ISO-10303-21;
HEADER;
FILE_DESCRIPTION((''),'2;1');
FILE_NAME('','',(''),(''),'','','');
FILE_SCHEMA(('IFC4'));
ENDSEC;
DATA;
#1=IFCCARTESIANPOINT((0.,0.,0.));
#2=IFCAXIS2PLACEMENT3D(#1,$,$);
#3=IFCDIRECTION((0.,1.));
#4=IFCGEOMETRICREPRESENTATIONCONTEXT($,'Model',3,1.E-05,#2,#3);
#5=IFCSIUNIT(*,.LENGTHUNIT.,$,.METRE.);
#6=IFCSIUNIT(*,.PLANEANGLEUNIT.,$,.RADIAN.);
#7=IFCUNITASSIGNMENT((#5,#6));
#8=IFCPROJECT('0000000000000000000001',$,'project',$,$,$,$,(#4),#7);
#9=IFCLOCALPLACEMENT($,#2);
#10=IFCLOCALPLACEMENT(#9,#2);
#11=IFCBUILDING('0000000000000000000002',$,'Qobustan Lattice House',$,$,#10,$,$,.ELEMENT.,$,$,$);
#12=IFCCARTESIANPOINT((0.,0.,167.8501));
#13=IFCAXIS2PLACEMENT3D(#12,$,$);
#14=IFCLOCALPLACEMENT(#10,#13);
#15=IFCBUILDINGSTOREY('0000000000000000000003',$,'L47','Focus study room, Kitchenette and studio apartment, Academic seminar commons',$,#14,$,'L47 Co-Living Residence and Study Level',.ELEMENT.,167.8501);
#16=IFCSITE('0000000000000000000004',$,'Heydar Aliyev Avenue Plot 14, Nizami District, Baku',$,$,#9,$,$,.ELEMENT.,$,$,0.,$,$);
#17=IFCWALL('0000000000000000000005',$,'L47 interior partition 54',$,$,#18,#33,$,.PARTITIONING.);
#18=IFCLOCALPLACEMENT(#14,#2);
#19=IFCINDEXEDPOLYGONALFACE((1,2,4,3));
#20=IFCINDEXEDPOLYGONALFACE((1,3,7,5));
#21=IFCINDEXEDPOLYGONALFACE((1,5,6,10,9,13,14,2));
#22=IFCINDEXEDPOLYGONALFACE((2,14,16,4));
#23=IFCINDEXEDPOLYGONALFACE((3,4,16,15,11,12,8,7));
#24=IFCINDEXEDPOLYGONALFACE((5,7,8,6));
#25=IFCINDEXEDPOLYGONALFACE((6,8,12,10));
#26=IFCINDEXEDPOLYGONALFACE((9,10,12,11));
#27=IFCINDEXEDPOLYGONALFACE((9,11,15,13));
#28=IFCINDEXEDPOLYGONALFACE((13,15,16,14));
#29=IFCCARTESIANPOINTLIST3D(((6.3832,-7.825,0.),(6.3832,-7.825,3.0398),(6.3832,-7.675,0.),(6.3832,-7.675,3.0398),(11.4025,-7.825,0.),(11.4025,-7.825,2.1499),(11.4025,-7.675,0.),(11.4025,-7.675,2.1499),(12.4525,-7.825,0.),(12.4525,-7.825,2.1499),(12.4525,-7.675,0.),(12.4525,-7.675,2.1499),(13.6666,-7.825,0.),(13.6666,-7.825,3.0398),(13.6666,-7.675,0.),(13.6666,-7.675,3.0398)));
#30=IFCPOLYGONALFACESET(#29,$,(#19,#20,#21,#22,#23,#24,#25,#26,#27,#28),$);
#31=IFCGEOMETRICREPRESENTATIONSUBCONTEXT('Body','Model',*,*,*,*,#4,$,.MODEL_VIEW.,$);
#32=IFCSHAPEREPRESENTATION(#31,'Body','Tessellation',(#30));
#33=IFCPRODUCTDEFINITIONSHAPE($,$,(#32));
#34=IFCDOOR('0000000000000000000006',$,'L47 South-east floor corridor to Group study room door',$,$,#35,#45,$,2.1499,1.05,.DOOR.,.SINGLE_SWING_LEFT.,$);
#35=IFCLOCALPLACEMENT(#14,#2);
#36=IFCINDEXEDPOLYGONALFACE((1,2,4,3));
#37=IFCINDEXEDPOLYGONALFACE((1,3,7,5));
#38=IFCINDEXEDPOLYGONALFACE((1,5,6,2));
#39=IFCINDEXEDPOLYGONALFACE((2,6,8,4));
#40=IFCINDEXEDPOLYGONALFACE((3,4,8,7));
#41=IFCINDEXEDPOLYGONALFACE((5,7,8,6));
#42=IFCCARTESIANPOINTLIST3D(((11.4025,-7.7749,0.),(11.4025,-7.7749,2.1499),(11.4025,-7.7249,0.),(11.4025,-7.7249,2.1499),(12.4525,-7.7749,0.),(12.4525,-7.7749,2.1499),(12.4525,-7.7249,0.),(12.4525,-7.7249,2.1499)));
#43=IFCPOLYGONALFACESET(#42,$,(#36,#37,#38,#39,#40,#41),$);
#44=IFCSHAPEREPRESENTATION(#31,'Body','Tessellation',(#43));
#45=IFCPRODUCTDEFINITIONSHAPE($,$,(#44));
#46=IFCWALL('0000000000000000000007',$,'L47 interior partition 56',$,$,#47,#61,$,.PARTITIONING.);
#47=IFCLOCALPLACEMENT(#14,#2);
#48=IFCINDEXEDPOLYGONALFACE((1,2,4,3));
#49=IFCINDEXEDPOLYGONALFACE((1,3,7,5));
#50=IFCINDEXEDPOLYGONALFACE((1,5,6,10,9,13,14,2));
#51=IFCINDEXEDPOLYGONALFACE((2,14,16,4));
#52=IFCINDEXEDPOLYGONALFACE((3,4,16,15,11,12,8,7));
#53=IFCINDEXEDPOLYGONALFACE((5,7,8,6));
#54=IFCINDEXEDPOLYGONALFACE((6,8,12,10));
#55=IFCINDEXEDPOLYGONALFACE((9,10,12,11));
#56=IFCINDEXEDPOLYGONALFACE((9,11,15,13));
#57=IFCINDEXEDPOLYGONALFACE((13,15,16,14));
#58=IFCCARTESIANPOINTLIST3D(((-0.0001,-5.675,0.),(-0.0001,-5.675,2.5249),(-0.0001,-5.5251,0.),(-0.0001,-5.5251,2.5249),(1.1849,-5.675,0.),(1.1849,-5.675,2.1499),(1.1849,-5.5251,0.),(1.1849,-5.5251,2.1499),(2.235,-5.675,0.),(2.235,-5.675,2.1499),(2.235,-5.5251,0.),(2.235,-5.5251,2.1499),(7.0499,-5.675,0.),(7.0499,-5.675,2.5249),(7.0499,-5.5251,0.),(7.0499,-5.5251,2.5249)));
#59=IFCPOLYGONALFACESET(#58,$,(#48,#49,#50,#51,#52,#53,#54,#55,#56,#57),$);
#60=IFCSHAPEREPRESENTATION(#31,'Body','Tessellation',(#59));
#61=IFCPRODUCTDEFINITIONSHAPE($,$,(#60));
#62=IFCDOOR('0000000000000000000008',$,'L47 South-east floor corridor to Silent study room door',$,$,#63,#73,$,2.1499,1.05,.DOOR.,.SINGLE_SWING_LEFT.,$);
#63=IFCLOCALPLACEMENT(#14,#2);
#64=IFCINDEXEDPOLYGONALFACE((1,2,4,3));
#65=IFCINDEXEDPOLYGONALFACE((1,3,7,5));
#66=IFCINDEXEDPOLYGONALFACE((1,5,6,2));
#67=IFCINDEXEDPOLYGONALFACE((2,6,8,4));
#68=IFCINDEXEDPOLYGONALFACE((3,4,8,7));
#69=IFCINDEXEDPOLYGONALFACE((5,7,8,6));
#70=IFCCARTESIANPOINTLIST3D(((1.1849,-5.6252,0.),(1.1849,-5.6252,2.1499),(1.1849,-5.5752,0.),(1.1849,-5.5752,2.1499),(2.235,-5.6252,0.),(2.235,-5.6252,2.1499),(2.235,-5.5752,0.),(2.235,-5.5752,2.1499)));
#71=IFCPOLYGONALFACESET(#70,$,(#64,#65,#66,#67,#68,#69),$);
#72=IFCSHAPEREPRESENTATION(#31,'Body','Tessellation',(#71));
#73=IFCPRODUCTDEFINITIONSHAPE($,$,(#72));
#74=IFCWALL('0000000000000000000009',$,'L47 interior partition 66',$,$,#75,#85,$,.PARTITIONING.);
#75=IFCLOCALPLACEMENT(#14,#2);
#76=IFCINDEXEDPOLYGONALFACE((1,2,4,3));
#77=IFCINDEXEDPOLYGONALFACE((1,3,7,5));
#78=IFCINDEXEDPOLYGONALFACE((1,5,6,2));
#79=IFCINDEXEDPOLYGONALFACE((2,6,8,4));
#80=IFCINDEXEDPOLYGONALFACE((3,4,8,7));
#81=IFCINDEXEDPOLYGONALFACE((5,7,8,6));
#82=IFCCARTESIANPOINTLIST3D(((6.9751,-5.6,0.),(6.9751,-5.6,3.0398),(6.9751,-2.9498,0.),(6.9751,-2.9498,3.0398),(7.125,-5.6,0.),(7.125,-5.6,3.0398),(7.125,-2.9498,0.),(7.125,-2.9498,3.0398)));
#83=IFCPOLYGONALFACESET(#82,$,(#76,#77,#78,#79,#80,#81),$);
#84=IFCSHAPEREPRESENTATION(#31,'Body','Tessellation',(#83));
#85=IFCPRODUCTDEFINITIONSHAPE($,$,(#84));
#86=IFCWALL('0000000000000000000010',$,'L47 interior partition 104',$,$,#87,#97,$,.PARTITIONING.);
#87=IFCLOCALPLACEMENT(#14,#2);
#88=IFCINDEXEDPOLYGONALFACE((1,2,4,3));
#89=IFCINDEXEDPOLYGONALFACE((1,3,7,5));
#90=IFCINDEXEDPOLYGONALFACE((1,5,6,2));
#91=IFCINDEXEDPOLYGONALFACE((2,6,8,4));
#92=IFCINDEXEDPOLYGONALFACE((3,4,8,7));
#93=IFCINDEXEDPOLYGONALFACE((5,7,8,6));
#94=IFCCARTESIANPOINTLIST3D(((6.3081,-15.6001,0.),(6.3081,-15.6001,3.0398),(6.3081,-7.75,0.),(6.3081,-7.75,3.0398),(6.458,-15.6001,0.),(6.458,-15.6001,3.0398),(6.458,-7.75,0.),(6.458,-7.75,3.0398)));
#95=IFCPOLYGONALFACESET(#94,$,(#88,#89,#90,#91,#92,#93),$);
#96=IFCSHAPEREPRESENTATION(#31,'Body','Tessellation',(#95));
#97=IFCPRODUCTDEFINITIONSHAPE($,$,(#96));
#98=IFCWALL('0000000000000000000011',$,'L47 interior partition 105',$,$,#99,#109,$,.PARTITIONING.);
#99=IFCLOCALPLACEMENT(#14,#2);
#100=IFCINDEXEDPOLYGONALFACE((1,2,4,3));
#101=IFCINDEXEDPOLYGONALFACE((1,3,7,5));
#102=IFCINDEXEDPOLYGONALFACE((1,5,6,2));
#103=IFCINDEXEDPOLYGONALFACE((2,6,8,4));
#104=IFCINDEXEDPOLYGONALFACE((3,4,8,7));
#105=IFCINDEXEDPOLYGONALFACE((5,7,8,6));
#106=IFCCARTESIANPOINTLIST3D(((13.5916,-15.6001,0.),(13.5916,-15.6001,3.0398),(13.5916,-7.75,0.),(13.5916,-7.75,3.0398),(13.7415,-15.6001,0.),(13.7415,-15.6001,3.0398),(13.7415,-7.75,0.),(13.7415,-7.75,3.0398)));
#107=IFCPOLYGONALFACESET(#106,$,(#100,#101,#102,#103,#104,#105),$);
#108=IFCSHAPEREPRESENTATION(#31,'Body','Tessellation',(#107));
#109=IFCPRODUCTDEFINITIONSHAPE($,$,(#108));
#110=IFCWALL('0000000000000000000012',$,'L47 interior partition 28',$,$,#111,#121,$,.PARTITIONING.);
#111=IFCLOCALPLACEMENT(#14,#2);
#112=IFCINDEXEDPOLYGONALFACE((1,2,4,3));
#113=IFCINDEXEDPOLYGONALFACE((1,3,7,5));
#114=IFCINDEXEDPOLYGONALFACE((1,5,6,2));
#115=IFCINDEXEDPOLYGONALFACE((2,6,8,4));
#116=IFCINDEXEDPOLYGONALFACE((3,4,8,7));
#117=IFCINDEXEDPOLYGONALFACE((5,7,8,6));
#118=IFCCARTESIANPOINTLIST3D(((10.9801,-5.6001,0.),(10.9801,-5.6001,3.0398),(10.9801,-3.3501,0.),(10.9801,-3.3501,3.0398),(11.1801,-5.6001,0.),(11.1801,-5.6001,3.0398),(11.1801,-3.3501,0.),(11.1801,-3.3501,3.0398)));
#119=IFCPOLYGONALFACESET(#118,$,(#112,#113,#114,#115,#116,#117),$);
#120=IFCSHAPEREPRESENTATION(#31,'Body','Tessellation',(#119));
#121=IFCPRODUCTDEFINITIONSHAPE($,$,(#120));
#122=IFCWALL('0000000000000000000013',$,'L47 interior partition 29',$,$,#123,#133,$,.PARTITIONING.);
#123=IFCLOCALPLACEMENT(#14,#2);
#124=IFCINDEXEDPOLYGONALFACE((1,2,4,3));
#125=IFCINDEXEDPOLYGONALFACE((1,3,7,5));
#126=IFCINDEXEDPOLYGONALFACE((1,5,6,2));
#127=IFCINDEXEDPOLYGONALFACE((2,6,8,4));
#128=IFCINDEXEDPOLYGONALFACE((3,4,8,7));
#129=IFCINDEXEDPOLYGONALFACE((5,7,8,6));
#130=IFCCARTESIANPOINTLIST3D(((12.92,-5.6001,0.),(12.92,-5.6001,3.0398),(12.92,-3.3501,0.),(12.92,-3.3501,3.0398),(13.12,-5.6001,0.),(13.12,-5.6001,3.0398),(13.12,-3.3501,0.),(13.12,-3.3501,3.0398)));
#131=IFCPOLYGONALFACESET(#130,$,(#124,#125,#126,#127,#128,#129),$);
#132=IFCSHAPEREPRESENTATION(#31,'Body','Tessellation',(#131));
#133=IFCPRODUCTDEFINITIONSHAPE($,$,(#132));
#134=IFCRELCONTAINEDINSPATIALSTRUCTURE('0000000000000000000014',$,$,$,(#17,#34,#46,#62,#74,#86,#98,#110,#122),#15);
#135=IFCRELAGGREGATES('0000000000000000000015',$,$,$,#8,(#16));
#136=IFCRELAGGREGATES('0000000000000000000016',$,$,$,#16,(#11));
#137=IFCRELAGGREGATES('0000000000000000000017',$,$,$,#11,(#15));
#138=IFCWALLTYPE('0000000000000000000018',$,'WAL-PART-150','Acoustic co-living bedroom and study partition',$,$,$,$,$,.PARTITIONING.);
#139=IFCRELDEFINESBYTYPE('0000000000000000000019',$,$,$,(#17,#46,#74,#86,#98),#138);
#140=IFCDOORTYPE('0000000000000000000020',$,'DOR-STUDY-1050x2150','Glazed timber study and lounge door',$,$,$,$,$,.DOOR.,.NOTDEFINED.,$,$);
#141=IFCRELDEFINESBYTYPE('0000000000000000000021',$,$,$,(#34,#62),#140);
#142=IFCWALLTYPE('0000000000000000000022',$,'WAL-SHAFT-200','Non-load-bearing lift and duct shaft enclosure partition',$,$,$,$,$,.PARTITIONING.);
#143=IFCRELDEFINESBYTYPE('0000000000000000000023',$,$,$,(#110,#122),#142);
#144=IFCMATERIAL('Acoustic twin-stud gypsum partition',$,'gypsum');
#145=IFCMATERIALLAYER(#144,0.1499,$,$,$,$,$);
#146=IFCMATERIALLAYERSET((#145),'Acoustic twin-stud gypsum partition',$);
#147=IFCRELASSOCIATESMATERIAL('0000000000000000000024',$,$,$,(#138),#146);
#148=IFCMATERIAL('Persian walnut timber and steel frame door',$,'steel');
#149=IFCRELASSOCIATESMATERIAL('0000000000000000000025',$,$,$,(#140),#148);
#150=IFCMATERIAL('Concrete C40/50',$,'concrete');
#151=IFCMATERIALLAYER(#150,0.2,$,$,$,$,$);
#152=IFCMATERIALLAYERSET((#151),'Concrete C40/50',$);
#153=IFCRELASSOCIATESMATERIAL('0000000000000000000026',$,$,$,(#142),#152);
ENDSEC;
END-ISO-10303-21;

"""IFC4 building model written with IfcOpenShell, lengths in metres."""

from ifc_helpers import new_model, si_unit, direction, frame, frame_2d, origin, place, context, subcontext, project, spatial, rectangle, extrude, material, layer, layer_set, type_object, element, fill, save


model = new_model("IFC4")

# Units and contexts
model_context = context("Model", 3, precision=1e-05, world=origin(), true_north=direction((0.0, 1.0)))
body_context = subcontext(model_context, "Body", "Model", "MODEL_VIEW")
ifc_project = project(units=[si_unit("LENGTHUNIT", "METRE"), si_unit("PLANEANGLEUNIT", "RADIAN")], contexts=[model_context])

# Site, building, storey
site_placement = place(None, origin())
site = spatial("IfcSite", under=ifc_project, at=site_placement, Name="Heydar Aliyev Avenue Plot 14, Nizami District, Baku", CompositionType="ELEMENT", RefElevation=0.0)
building_placement = place(site_placement, origin())
building = spatial("IfcBuilding", under=site, at=building_placement, Name="Qobustan Lattice House", CompositionType="ELEMENT")
storey_placement = place(building_placement, frame((0.0, 0.0, 167.8501)))
storey = spatial("IfcBuildingStorey", under=building, at=storey_placement, Name="L47", Description="Focus study room, Kitchenette and studio apartment, Academic seminar commons", LongName="L47 Co-Living Residence and Study Level", CompositionType="ELEMENT", Elevation=167.8501)

# Walls, openings, doors
ifc_material_1 = material(Name="Acoustic twin-stud gypsum partition", Category="gypsum")
ifc_layer_1 = layer(ifc_material_1, 0.1499)
ifc_layer_set_1 = layer_set([ifc_layer_1], Name="Acoustic twin-stud gypsum partition")
wall_type_1 = type_object("IfcWallType", Name="WAL-PART-150", Description="Acoustic co-living bedroom and study partition", PredefinedType="PARTITIONING", material=ifc_layer_set_1)
wall_1_placement = place(storey_placement, frame((13.6665, -7.75, 0.0), z_axis=(0.0, 0.0, 1.0), x_axis=(-1.0, 0.0, 0.0)))
wall_1 = element("IfcWall", 1, at=wall_1_placement, inside=storey, type_object=wall_type_1, Name="L47 interior partition 54", PredefinedType="PARTITIONING", context=body_context, shape_type="SweptSolid", body=[
    extrude(rectangle(XDim=7.2834, YDim=0.1499, at=frame_2d((3.6416, 0.0))), origin(), (0.0, 0.0, 1.0), 3.0398),
])
opening_1_placement = place(wall_1_placement, frame((1.2141, 0.0, 0.0)))
opening_1 = element("IfcOpeningElement", 2, at=opening_1_placement, cuts=wall_1, PredefinedType="OPENING", context=body_context, shape_type="SweptSolid", body=[
    extrude(rectangle(XDim=1.05, YDim=2.1499, at=frame_2d((0.5249, 1.075))), frame((0.0, 0.085, 0.0), z_axis=(0.0, -1.0, 0.0), x_axis=(1.0, 0.0, 0.0)), (0.0, 0.0, 1.0), 0.1699),
])
ifc_material_2 = material(Name="Persian walnut timber and steel frame door", Category="steel")
door_type_1 = type_object("IfcDoorType", Name="DOR-STUDY-1050x2150", Description="Glazed timber study and lounge door", OperationType="NOTDEFINED", PredefinedType="DOOR", material=ifc_material_2)
door_1_placement = place(opening_1_placement, origin())
door_1 = element("IfcDoor", 3, at=door_1_placement, inside=storey, type_object=door_type_1, Name="L47 South-east floor corridor to Group study room door", OperationType="SINGLE_SWING_LEFT", OverallHeight=2.1499, OverallWidth=1.05, PredefinedType="DOOR", context=body_context, shape_type="SweptSolid", body=[
    extrude(rectangle(XDim=1.05, YDim=2.1499, at=frame_2d((0.5249, 1.075))), frame((0.0, 0.0249, 0.0), z_axis=(0.0, -1.0, 0.0), x_axis=(1.0, 0.0, 0.0)), (0.0, 0.0, 1.0), 0.05),
])
fill(opening_1, door_1)
wall_2_placement = place(storey_placement, frame((0.0, -5.6001, 0.0), z_axis=(0.0, 0.0, 1.0), x_axis=(1.0, 0.0, 0.0)))
wall_2 = element("IfcWall", 4, at=wall_2_placement, inside=storey, type_object=wall_type_1, Name="L47 interior partition 56", PredefinedType="PARTITIONING", context=body_context, shape_type="SweptSolid", body=[
    extrude(rectangle(XDim=7.05, YDim=0.1499, at=frame_2d((3.5249, 0.0))), origin(), (0.0, 0.0, 1.0), 2.5249),
])
opening_2_placement = place(wall_2_placement, frame((1.1851, 0.0, 0.0)))
opening_2 = element("IfcOpeningElement", 5, at=opening_2_placement, cuts=wall_2, PredefinedType="OPENING", context=body_context, shape_type="SweptSolid", body=[
    extrude(rectangle(XDim=1.05, YDim=2.1499, at=frame_2d((0.5249, 1.075))), frame((0.0, 0.085, 0.0), z_axis=(0.0, -1.0, 0.0), x_axis=(1.0, 0.0, 0.0)), (0.0, 0.0, 1.0), 0.1699),
])
door_2_placement = place(opening_2_placement, origin())
door_2 = element("IfcDoor", 6, at=door_2_placement, inside=storey, type_object=door_type_1, Name="L47 South-east floor corridor to Silent study room door", OperationType="SINGLE_SWING_LEFT", OverallHeight=2.1499, OverallWidth=1.05, PredefinedType="DOOR", context=body_context, shape_type="SweptSolid", body=[
    extrude(rectangle(XDim=1.05, YDim=2.1499, at=frame_2d((0.5249, 1.075))), frame((0.0, 0.0249, 0.0), z_axis=(0.0, -1.0, 0.0), x_axis=(1.0, 0.0, 0.0)), (0.0, 0.0, 1.0), 0.05),
])
fill(opening_2, door_2)

# Walls
wall_3_placement = place(storey_placement, frame((7.05, -5.6001, 0.0), z_axis=(0.0, 0.0, 1.0), x_axis=(0.0, 1.0, 0.0)))
element("IfcWall", 7, at=wall_3_placement, inside=storey, type_object=wall_type_1, Name="L47 interior partition 66", PredefinedType="PARTITIONING", context=body_context, shape_type="SweptSolid", body=[
    extrude(rectangle(XDim=2.6501, YDim=0.1499, at=frame_2d((1.3252, 0.0))), origin(), (0.0, 0.0, 1.0), 3.0398),
])
for number, where, z_axis, x_axis, name in (
    (8, (6.3831, -7.75, 0.0), (0.0, 0.0, 1.0), (0.0, -1.0, 0.0), "L47 interior partition 104"),
    (9, (13.6665, -7.75, 0.0), (0.0, 0.0, 1.0), (0.0, -1.0, 0.0), "L47 interior partition 105"),
):
    element("IfcWall", number, at=place(storey_placement, frame(where, z_axis=z_axis, x_axis=x_axis)), inside=storey, type_object=wall_type_1, Name=name, PredefinedType="PARTITIONING", context=body_context, shape_type="SweptSolid", body=[
        extrude(rectangle(XDim=7.8501, YDim=0.1499, at=frame_2d((3.925, 0.0))), origin(), (0.0, 0.0, 1.0), 3.0398),
    ])
ifc_material_3 = material(Name="Concrete C40/50", Category="concrete")
ifc_layer_2 = layer(ifc_material_3, 0.2)
ifc_layer_set_2 = layer_set([ifc_layer_2], Name="Concrete C40/50")
wall_type_2 = type_object("IfcWallType", Name="WAL-SHAFT-200", Description="Non-load-bearing lift and duct shaft enclosure partition", PredefinedType="PARTITIONING", material=ifc_layer_set_2)
for number, where, z_axis, x_axis, name in (
    (10, (11.0801, -5.6001, 0.0), (0.0, 0.0, 1.0), (0.0, 1.0, 0.0), "L47 interior partition 28"),
    (11, (13.02, -5.6001, 0.0), (0.0, 0.0, 1.0), (0.0, 1.0, 0.0), "L47 interior partition 29"),
):
    element("IfcWall", number, at=place(storey_placement, frame(where, z_axis=z_axis, x_axis=x_axis)), inside=storey, type_object=wall_type_2, Name=name, PredefinedType="PARTITIONING", context=body_context, shape_type="SweptSolid", body=[
        extrude(rectangle(XDim=2.25, YDim=0.2, at=frame_2d((1.125, 0.0))), origin(), (0.0, 0.0, 1.0), 3.0398),
    ])

save(model, "model.ifc")
